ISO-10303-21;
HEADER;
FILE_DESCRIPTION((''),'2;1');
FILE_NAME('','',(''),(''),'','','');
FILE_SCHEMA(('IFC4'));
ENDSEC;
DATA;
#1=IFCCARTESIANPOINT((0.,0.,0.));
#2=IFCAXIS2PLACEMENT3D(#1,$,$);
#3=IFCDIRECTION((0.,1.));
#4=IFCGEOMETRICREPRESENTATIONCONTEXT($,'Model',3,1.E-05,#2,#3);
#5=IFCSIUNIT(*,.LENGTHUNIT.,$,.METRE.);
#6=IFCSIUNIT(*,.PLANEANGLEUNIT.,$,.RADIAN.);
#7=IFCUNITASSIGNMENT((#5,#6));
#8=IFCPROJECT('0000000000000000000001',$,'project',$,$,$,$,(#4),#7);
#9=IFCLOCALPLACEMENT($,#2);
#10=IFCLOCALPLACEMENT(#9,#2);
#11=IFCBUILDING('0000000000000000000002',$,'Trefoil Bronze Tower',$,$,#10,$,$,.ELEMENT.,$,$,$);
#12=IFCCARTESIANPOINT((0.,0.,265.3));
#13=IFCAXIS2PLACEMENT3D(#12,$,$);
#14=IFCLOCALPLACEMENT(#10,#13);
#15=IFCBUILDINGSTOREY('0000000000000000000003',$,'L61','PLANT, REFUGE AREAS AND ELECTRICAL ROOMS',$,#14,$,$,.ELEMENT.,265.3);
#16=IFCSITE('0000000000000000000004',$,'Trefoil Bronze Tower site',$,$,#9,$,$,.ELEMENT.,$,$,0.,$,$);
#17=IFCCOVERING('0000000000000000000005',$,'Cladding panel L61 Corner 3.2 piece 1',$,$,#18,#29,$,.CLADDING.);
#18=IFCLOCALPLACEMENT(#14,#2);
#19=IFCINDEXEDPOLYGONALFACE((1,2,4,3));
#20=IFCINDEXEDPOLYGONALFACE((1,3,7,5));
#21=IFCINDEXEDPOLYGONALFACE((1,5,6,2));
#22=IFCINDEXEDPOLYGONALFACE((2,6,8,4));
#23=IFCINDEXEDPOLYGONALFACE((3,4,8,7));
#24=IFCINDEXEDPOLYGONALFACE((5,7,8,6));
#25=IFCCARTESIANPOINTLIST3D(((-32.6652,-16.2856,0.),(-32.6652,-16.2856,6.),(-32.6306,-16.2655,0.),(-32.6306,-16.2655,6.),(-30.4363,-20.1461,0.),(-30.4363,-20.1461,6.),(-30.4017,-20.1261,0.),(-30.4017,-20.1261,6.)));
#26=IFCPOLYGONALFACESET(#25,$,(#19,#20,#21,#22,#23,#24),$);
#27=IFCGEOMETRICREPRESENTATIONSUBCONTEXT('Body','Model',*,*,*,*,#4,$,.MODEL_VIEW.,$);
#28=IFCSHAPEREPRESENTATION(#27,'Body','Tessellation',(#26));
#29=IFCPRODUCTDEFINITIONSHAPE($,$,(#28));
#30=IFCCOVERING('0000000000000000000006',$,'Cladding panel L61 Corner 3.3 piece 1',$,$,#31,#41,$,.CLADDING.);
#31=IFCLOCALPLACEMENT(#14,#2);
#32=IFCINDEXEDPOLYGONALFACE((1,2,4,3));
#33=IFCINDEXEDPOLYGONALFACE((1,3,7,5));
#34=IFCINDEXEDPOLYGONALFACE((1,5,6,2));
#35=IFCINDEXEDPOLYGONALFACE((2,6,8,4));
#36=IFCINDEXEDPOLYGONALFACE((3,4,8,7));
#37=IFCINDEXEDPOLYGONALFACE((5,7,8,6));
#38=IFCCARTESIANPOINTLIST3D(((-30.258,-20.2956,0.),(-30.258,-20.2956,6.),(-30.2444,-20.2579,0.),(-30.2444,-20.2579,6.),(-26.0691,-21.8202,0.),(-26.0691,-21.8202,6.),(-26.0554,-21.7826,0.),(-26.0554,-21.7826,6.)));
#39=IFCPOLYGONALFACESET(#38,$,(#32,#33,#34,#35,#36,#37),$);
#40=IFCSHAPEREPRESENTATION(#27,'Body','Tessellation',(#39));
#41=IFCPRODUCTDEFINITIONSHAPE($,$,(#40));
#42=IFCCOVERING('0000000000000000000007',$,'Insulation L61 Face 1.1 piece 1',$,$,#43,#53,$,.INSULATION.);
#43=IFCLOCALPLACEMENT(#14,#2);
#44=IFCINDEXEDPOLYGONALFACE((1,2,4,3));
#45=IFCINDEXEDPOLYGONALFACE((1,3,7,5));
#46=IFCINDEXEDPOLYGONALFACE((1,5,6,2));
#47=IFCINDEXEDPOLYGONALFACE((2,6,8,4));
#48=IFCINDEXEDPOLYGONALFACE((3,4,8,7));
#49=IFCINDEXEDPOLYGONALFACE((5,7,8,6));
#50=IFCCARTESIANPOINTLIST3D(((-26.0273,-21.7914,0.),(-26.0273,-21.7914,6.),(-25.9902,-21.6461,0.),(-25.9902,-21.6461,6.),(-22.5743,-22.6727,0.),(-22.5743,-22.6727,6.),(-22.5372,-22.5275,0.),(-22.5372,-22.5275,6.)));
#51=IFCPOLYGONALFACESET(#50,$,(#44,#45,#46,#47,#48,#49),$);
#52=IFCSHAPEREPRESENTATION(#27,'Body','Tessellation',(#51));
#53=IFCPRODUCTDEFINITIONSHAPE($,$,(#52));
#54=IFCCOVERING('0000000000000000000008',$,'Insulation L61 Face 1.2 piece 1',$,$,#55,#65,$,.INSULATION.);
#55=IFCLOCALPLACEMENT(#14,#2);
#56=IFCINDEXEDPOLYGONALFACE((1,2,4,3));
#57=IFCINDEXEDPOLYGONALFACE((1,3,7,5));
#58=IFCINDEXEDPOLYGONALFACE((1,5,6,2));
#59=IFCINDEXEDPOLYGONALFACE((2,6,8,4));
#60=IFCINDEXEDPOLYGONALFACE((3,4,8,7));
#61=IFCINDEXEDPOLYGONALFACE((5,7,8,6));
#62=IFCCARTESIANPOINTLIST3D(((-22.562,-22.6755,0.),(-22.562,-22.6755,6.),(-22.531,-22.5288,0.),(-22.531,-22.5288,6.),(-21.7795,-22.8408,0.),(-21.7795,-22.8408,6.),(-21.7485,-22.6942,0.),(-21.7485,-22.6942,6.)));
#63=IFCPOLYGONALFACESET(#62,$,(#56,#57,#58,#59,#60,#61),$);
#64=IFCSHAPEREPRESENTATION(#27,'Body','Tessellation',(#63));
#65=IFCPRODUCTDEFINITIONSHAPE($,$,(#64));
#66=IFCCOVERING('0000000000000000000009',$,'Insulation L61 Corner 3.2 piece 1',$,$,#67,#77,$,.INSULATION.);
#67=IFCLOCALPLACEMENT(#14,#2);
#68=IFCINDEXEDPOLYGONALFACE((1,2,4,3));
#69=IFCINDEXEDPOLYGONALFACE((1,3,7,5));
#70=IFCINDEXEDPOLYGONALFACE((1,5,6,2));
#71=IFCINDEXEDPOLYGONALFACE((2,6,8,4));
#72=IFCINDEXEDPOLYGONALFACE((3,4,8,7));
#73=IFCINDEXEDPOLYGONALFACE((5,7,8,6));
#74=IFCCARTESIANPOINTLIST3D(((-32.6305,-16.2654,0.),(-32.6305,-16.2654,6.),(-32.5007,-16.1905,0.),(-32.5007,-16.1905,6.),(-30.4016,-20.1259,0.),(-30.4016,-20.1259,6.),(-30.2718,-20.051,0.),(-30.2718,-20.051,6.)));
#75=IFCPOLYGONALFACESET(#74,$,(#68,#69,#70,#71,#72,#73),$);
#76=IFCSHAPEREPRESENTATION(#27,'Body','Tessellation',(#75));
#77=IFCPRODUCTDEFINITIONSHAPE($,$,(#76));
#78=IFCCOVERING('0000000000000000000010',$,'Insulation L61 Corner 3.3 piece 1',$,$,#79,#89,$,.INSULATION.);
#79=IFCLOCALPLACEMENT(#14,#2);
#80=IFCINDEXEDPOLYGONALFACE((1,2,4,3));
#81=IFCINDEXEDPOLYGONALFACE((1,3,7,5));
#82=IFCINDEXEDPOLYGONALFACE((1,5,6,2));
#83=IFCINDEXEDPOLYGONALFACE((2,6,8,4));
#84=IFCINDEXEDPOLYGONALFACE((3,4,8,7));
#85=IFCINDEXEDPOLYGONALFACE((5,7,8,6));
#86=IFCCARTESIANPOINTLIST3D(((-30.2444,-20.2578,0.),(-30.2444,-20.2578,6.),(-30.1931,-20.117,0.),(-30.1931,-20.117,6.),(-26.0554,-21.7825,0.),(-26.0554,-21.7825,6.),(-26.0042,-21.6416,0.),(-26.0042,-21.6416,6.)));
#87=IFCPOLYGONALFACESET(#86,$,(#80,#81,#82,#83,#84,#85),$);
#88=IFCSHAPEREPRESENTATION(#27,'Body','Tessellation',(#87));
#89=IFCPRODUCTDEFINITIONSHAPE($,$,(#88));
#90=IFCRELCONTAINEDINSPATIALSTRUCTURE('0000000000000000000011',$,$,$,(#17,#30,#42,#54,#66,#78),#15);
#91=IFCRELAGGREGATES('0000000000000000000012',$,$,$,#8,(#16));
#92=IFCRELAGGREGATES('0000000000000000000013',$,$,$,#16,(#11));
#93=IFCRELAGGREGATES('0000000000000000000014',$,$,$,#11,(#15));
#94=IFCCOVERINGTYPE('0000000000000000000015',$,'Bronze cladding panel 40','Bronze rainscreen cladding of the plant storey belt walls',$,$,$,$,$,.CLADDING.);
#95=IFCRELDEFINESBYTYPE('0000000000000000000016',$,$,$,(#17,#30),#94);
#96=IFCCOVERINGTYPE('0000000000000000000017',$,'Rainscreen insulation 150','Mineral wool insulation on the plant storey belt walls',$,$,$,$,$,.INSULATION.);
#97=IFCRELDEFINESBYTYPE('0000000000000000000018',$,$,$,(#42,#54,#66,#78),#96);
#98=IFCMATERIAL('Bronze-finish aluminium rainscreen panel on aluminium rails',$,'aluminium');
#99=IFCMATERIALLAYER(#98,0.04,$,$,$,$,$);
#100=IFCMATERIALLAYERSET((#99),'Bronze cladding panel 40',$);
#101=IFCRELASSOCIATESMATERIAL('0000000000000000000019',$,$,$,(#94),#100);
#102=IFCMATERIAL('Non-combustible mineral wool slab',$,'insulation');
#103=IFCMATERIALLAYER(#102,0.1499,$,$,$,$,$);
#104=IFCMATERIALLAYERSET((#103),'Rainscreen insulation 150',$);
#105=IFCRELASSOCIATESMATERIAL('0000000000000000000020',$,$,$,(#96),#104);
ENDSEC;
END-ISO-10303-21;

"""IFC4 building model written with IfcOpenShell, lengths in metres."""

from ifc_helpers import new_model, si_unit, direction, frame, origin, origin_2d, place, context, subcontext, project, spatial, rectangle, extrude, material, layer, layer_set, type_object, element, save


model = new_model("IFC4")

# Units and contexts
model_context = context("Model", 3, precision=1e-05, world=origin(), true_north=direction((0.0, 1.0)))
body_context = subcontext(model_context, "Body", "Model", "MODEL_VIEW")
ifc_project = project(units=[si_unit("LENGTHUNIT", "METRE"), si_unit("PLANEANGLEUNIT", "RADIAN")], contexts=[model_context])

# Site, building, storey
site_placement = place(None, origin())
site = spatial("IfcSite", under=ifc_project, at=site_placement, Name="Trefoil Bronze Tower site", CompositionType="ELEMENT", RefElevation=0.0)
building_placement = place(site_placement, origin())
building = spatial("IfcBuilding", under=site, at=building_placement, Name="Trefoil Bronze Tower", CompositionType="ELEMENT")
storey_placement = place(building_placement, frame((0.0, 0.0, 265.3)))
storey = spatial("IfcBuildingStorey", under=building, at=storey_placement, Name="L61", Description="PLANT, REFUGE AREAS AND ELECTRICAL ROOMS", CompositionType="ELEMENT", Elevation=265.3)

# Coverings
ifc_material_1 = material(Name="Bronze-finish aluminium rainscreen panel on aluminium rails", Category="aluminium")
ifc_layer_1 = layer(ifc_material_1, 0.04)
ifc_layer_set_1 = layer_set([ifc_layer_1], Name="Bronze cladding panel 40")
covering_type_1 = type_object("IfcCoveringType", Name="Bronze cladding panel 40", Description="Bronze rainscreen cladding of the plant storey belt walls", PredefinedType="CLADDING", material=ifc_layer_set_1)
for number, where, z_axis, x_axis, name in (
    (1, (-31.5334, -18.2058, 0.0), (0.0, 0.0, 1.0), (0.5, -0.866025, 0.0), "Cladding panel L61 Corner 3.2 piece 1"),
    (2, (-28.1567, -21.0391, 0.0), (0.0, 0.0, 1.0), (0.939693, -0.34202, 0.0), "Cladding panel L61 Corner 3.3 piece 1"),
):
    element("IfcCovering", number, at=place(storey_placement, frame(where, z_axis=z_axis, x_axis=x_axis)), inside=storey, type_object=covering_type_1, Name=name, PredefinedType="CLADDING", context=body_context, shape_type="SweptSolid", body=[
        extrude(rectangle(XDim=4.4578, YDim=0.04, at=origin_2d()), origin(), (0.0, 0.0, 1.0), 6.0),
    ])
ifc_material_2 = material(Name="Non-combustible mineral wool slab", Category="insulation")
ifc_layer_2 = layer(ifc_material_2, 0.1499)
ifc_layer_set_2 = layer_set([ifc_layer_2], Name="Rainscreen insulation 150")
covering_type_2 = type_object("IfcCoveringType", Name="Rainscreen insulation 150", Description="Mineral wool insulation on the plant storey belt walls", PredefinedType="INSULATION", material=ifc_layer_set_2)
covering_1_placement = place(storey_placement, frame((-24.2822, -22.1594, 0.0), z_axis=(0.0, 0.0, 1.0), x_axis=(0.968934, -0.247319, 0.0)))
element("IfcCovering", 3, at=covering_1_placement, inside=storey, type_object=covering_type_2, Name="Insulation L61 Face 1.1 piece 1", PredefinedType="INSULATION", context=body_context, shape_type="SweptSolid", body=[
    extrude(rectangle(XDim=3.5637, YDim=0.1499, at=origin_2d()), origin(), (0.0, 0.0, 1.0), 6.0),
])
covering_2_placement = place(storey_placement, frame((-22.1553, -22.6848, 0.0), z_axis=(0.0, 0.0, 1.0), x_axis=(0.978394, -0.206747, 0.0)))
element("IfcCovering", 4, at=covering_2_placement, inside=storey, type_object=covering_type_2, Name="Insulation L61 Face 1.2 piece 1", PredefinedType="INSULATION", context=body_context, shape_type="SweptSolid", body=[
    extrude(rectangle(XDim=0.7998, YDim=0.1499, at=origin_2d()), origin(), (0.0, 0.0, 1.0), 6.0),
])
for number, where, z_axis, x_axis, name in (
    (5, (-31.4512, -18.1582, 0.0), (0.0, 0.0, 1.0), (0.5, -0.866025, 0.0), "Insulation L61 Corner 3.2 piece 1"),
    (6, (-28.1243, -20.9497, 0.0), (0.0, 0.0, 1.0), (0.939693, -0.34202, 0.0), "Insulation L61 Corner 3.3 piece 1"),
):
    element("IfcCovering", number, at=place(storey_placement, frame(where, z_axis=z_axis, x_axis=x_axis)), inside=storey, type_object=covering_type_2, Name=name, PredefinedType="INSULATION", context=body_context, shape_type="SweptSolid", body=[
        extrude(rectangle(XDim=4.4578, YDim=0.1499, at=origin_2d()), origin(), (0.0, 0.0, 1.0), 6.0),
    ])

save(model, "model.ifc")
